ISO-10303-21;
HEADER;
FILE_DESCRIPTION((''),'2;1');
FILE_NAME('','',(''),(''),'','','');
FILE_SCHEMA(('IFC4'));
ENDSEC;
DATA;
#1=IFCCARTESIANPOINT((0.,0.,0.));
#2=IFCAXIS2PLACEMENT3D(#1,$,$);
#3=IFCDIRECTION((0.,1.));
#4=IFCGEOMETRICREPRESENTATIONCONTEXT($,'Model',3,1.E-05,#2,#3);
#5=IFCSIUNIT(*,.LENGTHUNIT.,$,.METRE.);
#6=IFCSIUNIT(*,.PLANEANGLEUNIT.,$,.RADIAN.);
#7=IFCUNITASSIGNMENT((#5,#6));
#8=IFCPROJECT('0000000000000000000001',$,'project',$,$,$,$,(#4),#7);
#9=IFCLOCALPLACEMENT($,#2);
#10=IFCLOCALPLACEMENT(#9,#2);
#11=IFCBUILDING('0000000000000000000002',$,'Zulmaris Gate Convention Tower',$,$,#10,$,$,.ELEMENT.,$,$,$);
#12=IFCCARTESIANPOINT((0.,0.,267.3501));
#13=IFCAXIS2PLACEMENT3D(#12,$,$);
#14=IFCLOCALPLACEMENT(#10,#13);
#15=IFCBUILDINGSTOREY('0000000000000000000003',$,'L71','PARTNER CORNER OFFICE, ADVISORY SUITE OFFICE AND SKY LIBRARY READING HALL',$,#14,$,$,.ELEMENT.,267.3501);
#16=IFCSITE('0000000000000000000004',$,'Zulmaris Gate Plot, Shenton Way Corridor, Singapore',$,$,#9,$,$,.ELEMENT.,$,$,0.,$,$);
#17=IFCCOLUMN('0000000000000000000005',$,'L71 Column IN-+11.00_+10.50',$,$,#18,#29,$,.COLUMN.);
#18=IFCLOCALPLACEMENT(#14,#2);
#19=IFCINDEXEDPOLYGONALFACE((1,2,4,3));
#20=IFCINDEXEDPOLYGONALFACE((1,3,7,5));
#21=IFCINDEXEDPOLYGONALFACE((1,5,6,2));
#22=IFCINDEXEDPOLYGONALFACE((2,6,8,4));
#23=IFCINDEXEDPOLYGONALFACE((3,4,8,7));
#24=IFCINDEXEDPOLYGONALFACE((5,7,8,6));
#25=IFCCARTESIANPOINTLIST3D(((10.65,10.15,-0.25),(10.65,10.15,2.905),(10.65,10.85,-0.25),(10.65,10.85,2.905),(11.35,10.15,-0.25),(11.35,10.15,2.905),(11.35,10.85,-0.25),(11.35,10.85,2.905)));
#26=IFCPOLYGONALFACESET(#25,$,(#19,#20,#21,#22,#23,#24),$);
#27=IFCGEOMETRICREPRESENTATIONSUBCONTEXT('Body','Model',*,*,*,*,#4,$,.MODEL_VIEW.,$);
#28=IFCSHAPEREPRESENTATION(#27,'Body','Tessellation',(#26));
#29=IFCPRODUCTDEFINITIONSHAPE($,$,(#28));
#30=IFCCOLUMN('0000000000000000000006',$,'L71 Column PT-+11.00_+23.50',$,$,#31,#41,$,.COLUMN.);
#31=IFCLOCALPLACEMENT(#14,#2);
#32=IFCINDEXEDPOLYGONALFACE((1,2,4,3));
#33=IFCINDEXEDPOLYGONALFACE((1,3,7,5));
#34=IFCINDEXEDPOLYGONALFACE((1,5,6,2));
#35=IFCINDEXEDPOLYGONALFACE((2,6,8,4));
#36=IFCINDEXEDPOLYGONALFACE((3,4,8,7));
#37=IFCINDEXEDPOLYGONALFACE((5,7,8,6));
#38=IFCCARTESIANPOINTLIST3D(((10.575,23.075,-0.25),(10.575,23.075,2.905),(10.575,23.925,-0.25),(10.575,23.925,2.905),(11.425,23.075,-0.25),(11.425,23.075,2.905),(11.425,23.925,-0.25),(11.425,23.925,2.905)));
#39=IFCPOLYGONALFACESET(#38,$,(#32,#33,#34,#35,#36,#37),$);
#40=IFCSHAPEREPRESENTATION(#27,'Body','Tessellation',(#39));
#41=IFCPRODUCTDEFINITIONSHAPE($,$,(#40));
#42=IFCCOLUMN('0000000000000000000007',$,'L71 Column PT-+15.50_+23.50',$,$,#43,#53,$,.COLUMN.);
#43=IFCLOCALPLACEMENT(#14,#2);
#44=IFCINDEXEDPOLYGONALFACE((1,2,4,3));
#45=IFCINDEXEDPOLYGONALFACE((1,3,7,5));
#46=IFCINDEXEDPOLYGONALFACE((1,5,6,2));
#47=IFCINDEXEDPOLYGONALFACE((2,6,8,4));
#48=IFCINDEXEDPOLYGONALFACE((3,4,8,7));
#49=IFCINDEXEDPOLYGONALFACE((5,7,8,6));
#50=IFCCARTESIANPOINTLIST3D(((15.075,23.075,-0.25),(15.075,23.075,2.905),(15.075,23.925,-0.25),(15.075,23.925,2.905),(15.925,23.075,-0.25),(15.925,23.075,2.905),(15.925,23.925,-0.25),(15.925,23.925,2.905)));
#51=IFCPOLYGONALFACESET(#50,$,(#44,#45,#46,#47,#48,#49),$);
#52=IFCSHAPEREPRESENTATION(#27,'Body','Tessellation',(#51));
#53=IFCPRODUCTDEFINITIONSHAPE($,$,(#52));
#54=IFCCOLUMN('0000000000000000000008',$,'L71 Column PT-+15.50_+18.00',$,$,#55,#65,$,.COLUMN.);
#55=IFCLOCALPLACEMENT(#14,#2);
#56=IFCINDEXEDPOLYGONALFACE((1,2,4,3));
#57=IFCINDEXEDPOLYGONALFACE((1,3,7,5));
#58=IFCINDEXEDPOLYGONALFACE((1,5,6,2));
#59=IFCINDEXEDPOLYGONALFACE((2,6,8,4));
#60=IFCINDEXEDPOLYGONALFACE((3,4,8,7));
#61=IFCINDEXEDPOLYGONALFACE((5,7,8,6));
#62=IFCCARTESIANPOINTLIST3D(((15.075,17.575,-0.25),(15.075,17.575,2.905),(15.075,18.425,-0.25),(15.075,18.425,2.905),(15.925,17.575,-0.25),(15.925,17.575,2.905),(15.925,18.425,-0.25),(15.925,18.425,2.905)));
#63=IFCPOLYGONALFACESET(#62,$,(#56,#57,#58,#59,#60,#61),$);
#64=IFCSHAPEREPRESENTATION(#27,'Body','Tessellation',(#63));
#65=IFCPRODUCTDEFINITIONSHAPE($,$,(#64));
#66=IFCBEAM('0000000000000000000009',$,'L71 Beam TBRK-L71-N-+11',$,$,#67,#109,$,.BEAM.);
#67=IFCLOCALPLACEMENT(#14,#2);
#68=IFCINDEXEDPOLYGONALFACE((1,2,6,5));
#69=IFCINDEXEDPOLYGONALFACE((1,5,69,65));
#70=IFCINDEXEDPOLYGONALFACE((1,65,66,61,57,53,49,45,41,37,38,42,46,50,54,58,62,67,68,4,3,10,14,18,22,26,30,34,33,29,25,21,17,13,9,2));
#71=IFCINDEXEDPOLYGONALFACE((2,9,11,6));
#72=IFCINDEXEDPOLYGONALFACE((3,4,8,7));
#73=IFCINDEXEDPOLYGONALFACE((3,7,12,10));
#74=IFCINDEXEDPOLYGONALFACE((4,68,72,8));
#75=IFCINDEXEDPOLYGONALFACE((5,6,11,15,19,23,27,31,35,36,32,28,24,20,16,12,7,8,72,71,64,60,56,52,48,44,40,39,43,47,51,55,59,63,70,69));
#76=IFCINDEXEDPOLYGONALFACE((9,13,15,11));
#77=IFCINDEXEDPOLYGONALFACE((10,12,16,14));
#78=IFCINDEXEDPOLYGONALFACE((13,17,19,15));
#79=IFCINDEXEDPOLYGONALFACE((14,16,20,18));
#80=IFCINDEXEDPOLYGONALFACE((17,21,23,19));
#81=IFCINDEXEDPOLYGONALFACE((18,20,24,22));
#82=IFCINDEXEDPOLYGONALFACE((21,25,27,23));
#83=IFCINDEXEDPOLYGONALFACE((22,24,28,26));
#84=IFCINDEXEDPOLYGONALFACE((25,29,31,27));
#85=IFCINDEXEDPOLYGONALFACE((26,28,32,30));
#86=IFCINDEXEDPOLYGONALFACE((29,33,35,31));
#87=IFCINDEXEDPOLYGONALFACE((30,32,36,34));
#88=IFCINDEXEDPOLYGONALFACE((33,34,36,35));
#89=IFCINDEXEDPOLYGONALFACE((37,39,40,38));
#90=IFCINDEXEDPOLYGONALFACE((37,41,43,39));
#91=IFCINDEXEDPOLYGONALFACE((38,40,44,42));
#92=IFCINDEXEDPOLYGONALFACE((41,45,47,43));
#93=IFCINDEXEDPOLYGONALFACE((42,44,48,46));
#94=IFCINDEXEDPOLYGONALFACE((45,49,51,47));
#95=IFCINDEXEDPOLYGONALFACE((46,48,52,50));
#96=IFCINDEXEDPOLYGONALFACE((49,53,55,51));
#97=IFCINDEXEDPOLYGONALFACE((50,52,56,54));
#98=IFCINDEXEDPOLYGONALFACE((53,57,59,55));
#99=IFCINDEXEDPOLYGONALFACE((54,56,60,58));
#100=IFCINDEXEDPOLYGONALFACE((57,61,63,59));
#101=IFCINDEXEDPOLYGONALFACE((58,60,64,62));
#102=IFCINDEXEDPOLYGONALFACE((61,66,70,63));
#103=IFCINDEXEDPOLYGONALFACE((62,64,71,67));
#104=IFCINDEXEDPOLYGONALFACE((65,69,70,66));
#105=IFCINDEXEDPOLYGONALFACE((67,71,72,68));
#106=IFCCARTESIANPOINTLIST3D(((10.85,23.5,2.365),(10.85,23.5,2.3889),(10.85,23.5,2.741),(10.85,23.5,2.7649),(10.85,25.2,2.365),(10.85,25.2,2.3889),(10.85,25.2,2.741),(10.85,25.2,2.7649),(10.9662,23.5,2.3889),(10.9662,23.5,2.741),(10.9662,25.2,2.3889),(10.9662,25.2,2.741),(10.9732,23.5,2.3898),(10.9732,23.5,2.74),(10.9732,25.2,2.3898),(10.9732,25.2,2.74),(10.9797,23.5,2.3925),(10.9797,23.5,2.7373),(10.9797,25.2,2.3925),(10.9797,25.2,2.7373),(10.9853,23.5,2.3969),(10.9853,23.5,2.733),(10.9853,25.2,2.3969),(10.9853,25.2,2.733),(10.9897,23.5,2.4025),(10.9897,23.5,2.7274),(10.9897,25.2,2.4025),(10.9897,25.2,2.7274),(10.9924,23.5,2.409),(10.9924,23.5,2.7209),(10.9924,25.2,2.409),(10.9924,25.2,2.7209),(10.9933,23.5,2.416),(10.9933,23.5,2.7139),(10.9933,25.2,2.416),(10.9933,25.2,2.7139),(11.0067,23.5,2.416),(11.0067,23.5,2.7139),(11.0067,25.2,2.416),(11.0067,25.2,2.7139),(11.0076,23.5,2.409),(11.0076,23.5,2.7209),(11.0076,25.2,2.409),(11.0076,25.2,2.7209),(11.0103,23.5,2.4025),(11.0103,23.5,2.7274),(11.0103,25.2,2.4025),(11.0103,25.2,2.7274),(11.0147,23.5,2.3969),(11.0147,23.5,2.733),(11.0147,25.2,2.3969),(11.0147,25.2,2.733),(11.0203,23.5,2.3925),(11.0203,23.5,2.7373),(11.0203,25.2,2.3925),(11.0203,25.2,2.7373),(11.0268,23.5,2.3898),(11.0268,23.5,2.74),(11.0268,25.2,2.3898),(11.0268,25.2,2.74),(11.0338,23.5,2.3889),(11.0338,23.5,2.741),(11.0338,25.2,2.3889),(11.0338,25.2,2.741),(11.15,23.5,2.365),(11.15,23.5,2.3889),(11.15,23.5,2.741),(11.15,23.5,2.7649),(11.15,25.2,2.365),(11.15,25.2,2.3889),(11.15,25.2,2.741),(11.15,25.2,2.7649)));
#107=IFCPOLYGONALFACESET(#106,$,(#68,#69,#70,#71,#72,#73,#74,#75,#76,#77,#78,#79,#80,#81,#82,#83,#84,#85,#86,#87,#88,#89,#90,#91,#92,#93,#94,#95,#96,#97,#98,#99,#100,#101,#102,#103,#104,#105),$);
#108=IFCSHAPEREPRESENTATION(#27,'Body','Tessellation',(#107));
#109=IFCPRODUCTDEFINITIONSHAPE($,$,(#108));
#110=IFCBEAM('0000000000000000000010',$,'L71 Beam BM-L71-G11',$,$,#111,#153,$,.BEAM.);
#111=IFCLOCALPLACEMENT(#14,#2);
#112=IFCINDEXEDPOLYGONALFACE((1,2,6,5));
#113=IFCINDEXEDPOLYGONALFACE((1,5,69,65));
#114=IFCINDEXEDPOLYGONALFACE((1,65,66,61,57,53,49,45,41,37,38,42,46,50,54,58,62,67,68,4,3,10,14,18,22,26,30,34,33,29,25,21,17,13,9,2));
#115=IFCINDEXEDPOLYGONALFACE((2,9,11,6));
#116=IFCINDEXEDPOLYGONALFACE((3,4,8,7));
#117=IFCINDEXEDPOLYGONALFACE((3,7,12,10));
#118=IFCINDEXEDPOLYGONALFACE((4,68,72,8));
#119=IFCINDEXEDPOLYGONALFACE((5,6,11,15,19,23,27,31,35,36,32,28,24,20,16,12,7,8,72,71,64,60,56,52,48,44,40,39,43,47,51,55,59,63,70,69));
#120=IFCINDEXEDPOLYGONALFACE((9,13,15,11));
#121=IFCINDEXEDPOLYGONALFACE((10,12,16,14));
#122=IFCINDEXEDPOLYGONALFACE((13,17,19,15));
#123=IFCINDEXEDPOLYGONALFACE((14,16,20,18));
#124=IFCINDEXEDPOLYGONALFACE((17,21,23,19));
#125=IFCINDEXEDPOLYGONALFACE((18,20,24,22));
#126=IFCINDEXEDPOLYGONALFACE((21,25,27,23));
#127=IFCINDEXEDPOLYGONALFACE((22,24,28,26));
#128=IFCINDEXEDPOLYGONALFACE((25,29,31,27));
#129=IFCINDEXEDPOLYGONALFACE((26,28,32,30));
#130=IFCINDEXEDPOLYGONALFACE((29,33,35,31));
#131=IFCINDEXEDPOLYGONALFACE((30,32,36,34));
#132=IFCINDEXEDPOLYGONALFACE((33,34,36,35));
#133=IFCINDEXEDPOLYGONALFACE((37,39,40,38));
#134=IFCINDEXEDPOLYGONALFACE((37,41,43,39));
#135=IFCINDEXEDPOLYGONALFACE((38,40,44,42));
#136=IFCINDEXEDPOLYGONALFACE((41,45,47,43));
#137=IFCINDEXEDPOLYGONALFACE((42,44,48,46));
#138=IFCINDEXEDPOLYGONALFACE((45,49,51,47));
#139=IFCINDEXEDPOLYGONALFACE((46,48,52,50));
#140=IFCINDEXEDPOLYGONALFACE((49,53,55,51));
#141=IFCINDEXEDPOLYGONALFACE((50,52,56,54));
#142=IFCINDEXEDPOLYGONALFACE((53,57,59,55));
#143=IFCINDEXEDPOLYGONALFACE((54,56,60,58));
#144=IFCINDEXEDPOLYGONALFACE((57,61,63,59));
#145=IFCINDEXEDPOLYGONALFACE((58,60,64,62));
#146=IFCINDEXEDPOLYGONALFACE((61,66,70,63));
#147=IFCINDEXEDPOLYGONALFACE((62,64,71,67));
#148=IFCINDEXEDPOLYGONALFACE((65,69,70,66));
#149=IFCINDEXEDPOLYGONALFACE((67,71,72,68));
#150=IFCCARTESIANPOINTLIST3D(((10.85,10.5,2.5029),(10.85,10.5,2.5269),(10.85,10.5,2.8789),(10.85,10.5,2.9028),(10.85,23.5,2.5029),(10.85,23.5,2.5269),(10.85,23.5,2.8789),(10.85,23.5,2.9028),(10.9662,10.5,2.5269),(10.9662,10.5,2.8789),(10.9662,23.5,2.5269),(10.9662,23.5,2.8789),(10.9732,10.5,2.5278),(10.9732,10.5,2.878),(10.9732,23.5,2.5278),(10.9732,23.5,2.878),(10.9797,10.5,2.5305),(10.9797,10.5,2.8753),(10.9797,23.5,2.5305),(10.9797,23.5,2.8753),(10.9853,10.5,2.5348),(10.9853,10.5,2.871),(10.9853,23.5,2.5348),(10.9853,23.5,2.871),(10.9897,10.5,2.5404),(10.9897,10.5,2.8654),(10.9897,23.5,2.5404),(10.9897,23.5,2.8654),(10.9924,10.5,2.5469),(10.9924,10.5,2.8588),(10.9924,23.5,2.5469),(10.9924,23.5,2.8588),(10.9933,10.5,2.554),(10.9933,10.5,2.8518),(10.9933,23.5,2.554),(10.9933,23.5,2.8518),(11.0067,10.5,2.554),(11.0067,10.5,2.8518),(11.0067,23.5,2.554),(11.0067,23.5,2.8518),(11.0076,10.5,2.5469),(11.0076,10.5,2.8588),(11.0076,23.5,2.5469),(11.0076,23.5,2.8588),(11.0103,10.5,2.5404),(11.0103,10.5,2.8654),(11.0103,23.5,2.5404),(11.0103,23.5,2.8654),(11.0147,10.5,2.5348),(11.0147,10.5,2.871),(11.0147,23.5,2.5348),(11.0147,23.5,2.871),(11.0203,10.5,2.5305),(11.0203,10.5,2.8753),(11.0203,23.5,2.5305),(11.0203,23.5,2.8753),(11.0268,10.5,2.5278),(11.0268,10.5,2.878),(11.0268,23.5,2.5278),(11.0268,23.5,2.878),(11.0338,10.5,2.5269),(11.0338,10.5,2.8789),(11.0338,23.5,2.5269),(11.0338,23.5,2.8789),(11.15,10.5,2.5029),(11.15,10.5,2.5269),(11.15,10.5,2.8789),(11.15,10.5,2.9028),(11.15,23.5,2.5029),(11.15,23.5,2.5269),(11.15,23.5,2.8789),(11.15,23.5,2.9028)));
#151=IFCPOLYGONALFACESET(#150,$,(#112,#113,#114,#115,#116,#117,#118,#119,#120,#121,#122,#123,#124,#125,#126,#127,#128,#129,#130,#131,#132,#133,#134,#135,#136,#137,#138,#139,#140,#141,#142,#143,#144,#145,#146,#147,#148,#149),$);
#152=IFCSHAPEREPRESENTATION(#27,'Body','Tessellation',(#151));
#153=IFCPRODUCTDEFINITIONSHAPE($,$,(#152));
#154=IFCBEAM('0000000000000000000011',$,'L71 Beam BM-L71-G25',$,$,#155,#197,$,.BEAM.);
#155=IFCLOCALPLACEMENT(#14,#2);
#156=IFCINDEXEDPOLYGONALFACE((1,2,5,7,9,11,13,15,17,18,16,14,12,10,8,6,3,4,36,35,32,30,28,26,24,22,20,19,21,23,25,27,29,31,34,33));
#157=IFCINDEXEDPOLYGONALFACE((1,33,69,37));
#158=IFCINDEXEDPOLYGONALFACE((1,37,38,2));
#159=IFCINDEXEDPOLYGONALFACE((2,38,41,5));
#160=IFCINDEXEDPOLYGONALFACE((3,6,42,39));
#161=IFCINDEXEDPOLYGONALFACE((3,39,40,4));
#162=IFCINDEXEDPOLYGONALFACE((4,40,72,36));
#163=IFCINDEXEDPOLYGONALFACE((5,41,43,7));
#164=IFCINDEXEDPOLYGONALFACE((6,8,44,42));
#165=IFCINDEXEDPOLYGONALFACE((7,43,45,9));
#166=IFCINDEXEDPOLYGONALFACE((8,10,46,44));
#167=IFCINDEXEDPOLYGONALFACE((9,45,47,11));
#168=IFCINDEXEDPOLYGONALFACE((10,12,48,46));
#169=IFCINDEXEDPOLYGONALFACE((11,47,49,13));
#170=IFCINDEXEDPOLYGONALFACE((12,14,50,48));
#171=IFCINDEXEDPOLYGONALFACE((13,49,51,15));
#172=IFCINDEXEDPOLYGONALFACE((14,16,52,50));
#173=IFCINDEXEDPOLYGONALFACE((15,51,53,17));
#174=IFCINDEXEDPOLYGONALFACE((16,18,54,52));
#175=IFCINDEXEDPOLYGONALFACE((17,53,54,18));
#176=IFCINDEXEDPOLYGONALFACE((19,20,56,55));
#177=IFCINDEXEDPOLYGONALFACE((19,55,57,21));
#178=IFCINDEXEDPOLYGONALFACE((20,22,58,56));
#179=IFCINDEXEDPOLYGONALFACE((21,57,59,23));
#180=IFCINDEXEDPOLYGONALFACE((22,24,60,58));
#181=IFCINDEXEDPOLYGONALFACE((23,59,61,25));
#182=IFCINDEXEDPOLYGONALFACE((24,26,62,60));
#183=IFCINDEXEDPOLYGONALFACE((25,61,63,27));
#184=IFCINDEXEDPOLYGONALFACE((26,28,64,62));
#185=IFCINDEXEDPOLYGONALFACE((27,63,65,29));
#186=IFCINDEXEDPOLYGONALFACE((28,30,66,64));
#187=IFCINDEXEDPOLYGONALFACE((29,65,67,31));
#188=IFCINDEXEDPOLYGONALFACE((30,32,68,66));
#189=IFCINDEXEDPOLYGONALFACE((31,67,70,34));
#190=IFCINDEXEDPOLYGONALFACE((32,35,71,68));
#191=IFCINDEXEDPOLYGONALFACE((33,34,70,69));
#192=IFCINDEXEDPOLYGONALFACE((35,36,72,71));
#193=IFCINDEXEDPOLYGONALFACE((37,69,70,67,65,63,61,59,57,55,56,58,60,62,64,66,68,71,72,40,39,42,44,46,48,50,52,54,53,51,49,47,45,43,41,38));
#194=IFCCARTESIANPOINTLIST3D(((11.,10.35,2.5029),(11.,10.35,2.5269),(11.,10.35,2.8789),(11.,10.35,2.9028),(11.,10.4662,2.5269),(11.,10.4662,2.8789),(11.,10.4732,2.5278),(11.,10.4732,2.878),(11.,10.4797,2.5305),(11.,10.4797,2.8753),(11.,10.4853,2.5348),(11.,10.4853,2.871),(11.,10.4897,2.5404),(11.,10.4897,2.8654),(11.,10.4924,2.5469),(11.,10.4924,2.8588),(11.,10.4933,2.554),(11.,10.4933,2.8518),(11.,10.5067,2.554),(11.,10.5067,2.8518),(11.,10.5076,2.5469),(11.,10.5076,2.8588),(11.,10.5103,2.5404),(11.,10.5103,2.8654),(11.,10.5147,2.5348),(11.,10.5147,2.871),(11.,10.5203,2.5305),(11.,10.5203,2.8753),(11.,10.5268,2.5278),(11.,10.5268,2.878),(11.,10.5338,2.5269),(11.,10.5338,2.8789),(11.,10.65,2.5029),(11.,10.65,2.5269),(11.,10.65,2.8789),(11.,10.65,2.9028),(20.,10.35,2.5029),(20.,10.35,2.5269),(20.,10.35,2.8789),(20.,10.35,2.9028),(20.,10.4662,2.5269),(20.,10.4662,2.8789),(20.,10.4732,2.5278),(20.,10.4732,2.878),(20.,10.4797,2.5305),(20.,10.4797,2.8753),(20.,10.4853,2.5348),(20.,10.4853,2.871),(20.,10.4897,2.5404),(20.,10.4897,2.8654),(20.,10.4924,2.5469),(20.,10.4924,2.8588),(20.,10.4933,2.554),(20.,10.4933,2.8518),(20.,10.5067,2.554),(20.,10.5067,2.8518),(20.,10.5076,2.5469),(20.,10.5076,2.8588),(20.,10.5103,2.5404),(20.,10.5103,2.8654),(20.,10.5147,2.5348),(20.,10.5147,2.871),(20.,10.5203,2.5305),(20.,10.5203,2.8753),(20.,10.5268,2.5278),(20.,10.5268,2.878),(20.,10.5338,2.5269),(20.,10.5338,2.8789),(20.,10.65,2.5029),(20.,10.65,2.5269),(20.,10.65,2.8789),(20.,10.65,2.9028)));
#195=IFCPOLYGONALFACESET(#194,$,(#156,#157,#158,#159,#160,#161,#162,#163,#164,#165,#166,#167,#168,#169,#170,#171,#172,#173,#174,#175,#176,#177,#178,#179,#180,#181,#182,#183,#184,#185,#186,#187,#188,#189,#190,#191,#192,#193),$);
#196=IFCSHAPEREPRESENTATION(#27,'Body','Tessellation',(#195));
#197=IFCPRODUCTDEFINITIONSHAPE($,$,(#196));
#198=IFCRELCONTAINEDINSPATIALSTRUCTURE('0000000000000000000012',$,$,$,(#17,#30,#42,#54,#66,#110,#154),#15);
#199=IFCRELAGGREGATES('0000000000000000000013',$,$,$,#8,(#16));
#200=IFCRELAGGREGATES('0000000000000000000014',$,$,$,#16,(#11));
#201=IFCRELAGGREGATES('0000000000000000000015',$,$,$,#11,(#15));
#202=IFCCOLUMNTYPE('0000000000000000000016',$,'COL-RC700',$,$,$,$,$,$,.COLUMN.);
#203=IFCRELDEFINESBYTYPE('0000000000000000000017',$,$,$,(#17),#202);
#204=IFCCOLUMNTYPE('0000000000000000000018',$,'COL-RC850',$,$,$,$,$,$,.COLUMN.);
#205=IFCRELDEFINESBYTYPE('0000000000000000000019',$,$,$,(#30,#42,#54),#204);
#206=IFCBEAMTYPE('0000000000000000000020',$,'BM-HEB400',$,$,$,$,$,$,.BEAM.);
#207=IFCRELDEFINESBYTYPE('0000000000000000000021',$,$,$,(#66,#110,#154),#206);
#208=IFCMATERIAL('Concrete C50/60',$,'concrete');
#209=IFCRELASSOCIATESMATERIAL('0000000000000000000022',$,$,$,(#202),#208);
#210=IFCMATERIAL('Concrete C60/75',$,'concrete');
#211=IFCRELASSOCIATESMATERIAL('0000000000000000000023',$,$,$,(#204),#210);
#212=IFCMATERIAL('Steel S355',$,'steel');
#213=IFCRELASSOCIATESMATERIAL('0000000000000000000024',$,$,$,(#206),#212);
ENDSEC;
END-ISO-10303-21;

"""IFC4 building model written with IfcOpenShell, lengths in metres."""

from ifc_helpers import new_model, si_unit, direction, frame, origin, origin_2d, place, context, subcontext, project, spatial, rectangle, i_section, extrude, material, material_profile, profile_set, type_object, element, save


model = new_model("IFC4")

# Units and contexts
model_context = context("Model", 3, precision=1e-05, world=origin(), true_north=direction((0.0, 1.0)))
body_context = subcontext(model_context, "Body", "Model", "MODEL_VIEW")
ifc_project = project(units=[si_unit("LENGTHUNIT", "METRE"), si_unit("PLANEANGLEUNIT", "RADIAN")], contexts=[model_context])

# Site, building, storey
site_placement = place(None, origin())
site = spatial("IfcSite", under=ifc_project, at=site_placement, Name="Zulmaris Gate Plot, Shenton Way Corridor, Singapore", CompositionType="ELEMENT", RefElevation=0.0)
building_placement = place(site_placement, origin())
building = spatial("IfcBuilding", under=site, at=building_placement, Name="Zulmaris Gate Convention Tower", CompositionType="ELEMENT")
storey_placement = place(building_placement, frame((0.0, 0.0, 267.3501)))
storey = spatial("IfcBuildingStorey", under=building, at=storey_placement, Name="L71", Description="PARTNER CORNER OFFICE, ADVISORY SUITE OFFICE AND SKY LIBRARY READING HALL", CompositionType="ELEMENT", Elevation=267.3501)

# Columns
ifc_material_1 = material(Name="Concrete C50/60", Category="concrete")
ifc_material_profile_1 = material_profile(ifc_material_1, rectangle(XDim=0.7, YDim=0.7, at=origin_2d()), Name="RC COL 700x700")
ifc_profile_set_1 = profile_set([ifc_material_profile_1], Name="Concrete C50/60")
column_type_1 = type_object("IfcColumnType", Name="COL-RC700", PredefinedType="COLUMN", material=ifc_profile_set_1)
column_placement = place(storey_placement, frame((11.0, 10.5, -0.25), z_axis=(0.0, 0.0, 1.0), x_axis=(1.0, 0.0, 0.0)))
element("IfcColumn", 1, at=column_placement, inside=storey, type_object=column_type_1, Name="L71 Column IN-+11.00_+10.50", PredefinedType="COLUMN", context=body_context, shape_type="SweptSolid", body=[
    extrude(rectangle(XDim=0.7, YDim=0.7, at=origin_2d()), origin(), (0.0, 0.0, 1.0), 3.155),
])
ifc_material_2 = material(Name="Concrete C60/75", Category="concrete")
ifc_material_profile_2 = material_profile(ifc_material_2, rectangle(XDim=0.8501, YDim=0.8501, at=origin_2d()), Name="RC COL 850x850")
ifc_profile_set_2 = profile_set([ifc_material_profile_2], Name="Concrete C60/75")
column_type_2 = type_object("IfcColumnType", Name="COL-RC850", PredefinedType="COLUMN", material=ifc_profile_set_2)
for number, where, z_axis, x_axis, name in (
    (2, (11.0, 23.5, -0.25), (0.0, 0.0, 1.0), (1.0, 0.0, 0.0), "L71 Column PT-+11.00_+23.50"),
    (3, (15.5, 23.5, -0.25), (0.0, 0.0, 1.0), (1.0, 0.0, 0.0), "L71 Column PT-+15.50_+23.50"),
    (4, (15.5, 18.0, -0.25), (0.0, 0.0, 1.0), (1.0, 0.0, 0.0), "L71 Column PT-+15.50_+18.00"),
):
    element("IfcColumn", number, at=place(storey_placement, frame(where, z_axis=z_axis, x_axis=x_axis)), inside=storey, type_object=column_type_2, Name=name, PredefinedType="COLUMN", context=body_context, shape_type="SweptSolid", body=[
        extrude(rectangle(XDim=0.8501, YDim=0.8501, at=origin_2d()), origin(), (0.0, 0.0, 1.0), 3.155),
    ])

# Beams
ifc_material_3 = material(Name="Steel S355", Category="steel")
ifc_material_profile_3 = material_profile(ifc_material_3, i_section(OverallWidth=0.3, OverallDepth=0.3999, WebThickness=0.0134, FlangeThickness=0.0239, FilletRadius=0.0271, at=origin_2d()), Name="HEB 400")
ifc_profile_set_3 = profile_set([ifc_material_profile_3], Name="Steel S355")
beam_type_1 = type_object("IfcBeamType", Name="BM-HEB400", PredefinedType="BEAM", material=ifc_profile_set_3)
beam_1_placement = place(storey_placement, frame((11.0, 23.5, 2.5649), z_axis=(0.0, 1.0, 0.0), x_axis=(-1.0, 0.0, 0.0)))
element("IfcBeam", 5, at=beam_1_placement, inside=storey, type_object=beam_type_1, Name="L71 Beam TBRK-L71-N-+11", PredefinedType="BEAM", context=body_context, shape_type="SweptSolid", body=[
    extrude(i_section(OverallWidth=0.3, OverallDepth=0.3999, WebThickness=0.0134, FlangeThickness=0.0239, FilletRadius=0.0271, at=origin_2d()), origin(), (0.0, 0.0, 1.0), 1.7),
])
beam_2_placement = place(storey_placement, frame((11.0, 10.5, 2.7029), z_axis=(0.0, 1.0, 0.0), x_axis=(-1.0, 0.0, 0.0)))
element("IfcBeam", 6, at=beam_2_placement, inside=storey, type_object=beam_type_1, Name="L71 Beam BM-L71-G11", PredefinedType="BEAM", context=body_context, shape_type="SweptSolid", body=[
    extrude(i_section(OverallWidth=0.3, OverallDepth=0.3999, WebThickness=0.0134, FlangeThickness=0.0239, FilletRadius=0.0271, at=origin_2d()), origin(), (0.0, 0.0, 1.0), 13.0),
])
beam_3_placement = place(storey_placement, frame((11.0, 10.5, 2.7029), z_axis=(1.0, 0.0, 0.0), x_axis=(0.0, 1.0, 0.0)))
element("IfcBeam", 7, at=beam_3_placement, inside=storey, type_object=beam_type_1, Name="L71 Beam BM-L71-G25", PredefinedType="BEAM", context=body_context, shape_type="SweptSolid", body=[
    extrude(i_section(OverallWidth=0.3, OverallDepth=0.3999, WebThickness=0.0134, FlangeThickness=0.0239, FilletRadius=0.0271, at=origin_2d()), origin(), (0.0, 0.0, 1.0), 9.0),
])

save(model, "model.ifc")
